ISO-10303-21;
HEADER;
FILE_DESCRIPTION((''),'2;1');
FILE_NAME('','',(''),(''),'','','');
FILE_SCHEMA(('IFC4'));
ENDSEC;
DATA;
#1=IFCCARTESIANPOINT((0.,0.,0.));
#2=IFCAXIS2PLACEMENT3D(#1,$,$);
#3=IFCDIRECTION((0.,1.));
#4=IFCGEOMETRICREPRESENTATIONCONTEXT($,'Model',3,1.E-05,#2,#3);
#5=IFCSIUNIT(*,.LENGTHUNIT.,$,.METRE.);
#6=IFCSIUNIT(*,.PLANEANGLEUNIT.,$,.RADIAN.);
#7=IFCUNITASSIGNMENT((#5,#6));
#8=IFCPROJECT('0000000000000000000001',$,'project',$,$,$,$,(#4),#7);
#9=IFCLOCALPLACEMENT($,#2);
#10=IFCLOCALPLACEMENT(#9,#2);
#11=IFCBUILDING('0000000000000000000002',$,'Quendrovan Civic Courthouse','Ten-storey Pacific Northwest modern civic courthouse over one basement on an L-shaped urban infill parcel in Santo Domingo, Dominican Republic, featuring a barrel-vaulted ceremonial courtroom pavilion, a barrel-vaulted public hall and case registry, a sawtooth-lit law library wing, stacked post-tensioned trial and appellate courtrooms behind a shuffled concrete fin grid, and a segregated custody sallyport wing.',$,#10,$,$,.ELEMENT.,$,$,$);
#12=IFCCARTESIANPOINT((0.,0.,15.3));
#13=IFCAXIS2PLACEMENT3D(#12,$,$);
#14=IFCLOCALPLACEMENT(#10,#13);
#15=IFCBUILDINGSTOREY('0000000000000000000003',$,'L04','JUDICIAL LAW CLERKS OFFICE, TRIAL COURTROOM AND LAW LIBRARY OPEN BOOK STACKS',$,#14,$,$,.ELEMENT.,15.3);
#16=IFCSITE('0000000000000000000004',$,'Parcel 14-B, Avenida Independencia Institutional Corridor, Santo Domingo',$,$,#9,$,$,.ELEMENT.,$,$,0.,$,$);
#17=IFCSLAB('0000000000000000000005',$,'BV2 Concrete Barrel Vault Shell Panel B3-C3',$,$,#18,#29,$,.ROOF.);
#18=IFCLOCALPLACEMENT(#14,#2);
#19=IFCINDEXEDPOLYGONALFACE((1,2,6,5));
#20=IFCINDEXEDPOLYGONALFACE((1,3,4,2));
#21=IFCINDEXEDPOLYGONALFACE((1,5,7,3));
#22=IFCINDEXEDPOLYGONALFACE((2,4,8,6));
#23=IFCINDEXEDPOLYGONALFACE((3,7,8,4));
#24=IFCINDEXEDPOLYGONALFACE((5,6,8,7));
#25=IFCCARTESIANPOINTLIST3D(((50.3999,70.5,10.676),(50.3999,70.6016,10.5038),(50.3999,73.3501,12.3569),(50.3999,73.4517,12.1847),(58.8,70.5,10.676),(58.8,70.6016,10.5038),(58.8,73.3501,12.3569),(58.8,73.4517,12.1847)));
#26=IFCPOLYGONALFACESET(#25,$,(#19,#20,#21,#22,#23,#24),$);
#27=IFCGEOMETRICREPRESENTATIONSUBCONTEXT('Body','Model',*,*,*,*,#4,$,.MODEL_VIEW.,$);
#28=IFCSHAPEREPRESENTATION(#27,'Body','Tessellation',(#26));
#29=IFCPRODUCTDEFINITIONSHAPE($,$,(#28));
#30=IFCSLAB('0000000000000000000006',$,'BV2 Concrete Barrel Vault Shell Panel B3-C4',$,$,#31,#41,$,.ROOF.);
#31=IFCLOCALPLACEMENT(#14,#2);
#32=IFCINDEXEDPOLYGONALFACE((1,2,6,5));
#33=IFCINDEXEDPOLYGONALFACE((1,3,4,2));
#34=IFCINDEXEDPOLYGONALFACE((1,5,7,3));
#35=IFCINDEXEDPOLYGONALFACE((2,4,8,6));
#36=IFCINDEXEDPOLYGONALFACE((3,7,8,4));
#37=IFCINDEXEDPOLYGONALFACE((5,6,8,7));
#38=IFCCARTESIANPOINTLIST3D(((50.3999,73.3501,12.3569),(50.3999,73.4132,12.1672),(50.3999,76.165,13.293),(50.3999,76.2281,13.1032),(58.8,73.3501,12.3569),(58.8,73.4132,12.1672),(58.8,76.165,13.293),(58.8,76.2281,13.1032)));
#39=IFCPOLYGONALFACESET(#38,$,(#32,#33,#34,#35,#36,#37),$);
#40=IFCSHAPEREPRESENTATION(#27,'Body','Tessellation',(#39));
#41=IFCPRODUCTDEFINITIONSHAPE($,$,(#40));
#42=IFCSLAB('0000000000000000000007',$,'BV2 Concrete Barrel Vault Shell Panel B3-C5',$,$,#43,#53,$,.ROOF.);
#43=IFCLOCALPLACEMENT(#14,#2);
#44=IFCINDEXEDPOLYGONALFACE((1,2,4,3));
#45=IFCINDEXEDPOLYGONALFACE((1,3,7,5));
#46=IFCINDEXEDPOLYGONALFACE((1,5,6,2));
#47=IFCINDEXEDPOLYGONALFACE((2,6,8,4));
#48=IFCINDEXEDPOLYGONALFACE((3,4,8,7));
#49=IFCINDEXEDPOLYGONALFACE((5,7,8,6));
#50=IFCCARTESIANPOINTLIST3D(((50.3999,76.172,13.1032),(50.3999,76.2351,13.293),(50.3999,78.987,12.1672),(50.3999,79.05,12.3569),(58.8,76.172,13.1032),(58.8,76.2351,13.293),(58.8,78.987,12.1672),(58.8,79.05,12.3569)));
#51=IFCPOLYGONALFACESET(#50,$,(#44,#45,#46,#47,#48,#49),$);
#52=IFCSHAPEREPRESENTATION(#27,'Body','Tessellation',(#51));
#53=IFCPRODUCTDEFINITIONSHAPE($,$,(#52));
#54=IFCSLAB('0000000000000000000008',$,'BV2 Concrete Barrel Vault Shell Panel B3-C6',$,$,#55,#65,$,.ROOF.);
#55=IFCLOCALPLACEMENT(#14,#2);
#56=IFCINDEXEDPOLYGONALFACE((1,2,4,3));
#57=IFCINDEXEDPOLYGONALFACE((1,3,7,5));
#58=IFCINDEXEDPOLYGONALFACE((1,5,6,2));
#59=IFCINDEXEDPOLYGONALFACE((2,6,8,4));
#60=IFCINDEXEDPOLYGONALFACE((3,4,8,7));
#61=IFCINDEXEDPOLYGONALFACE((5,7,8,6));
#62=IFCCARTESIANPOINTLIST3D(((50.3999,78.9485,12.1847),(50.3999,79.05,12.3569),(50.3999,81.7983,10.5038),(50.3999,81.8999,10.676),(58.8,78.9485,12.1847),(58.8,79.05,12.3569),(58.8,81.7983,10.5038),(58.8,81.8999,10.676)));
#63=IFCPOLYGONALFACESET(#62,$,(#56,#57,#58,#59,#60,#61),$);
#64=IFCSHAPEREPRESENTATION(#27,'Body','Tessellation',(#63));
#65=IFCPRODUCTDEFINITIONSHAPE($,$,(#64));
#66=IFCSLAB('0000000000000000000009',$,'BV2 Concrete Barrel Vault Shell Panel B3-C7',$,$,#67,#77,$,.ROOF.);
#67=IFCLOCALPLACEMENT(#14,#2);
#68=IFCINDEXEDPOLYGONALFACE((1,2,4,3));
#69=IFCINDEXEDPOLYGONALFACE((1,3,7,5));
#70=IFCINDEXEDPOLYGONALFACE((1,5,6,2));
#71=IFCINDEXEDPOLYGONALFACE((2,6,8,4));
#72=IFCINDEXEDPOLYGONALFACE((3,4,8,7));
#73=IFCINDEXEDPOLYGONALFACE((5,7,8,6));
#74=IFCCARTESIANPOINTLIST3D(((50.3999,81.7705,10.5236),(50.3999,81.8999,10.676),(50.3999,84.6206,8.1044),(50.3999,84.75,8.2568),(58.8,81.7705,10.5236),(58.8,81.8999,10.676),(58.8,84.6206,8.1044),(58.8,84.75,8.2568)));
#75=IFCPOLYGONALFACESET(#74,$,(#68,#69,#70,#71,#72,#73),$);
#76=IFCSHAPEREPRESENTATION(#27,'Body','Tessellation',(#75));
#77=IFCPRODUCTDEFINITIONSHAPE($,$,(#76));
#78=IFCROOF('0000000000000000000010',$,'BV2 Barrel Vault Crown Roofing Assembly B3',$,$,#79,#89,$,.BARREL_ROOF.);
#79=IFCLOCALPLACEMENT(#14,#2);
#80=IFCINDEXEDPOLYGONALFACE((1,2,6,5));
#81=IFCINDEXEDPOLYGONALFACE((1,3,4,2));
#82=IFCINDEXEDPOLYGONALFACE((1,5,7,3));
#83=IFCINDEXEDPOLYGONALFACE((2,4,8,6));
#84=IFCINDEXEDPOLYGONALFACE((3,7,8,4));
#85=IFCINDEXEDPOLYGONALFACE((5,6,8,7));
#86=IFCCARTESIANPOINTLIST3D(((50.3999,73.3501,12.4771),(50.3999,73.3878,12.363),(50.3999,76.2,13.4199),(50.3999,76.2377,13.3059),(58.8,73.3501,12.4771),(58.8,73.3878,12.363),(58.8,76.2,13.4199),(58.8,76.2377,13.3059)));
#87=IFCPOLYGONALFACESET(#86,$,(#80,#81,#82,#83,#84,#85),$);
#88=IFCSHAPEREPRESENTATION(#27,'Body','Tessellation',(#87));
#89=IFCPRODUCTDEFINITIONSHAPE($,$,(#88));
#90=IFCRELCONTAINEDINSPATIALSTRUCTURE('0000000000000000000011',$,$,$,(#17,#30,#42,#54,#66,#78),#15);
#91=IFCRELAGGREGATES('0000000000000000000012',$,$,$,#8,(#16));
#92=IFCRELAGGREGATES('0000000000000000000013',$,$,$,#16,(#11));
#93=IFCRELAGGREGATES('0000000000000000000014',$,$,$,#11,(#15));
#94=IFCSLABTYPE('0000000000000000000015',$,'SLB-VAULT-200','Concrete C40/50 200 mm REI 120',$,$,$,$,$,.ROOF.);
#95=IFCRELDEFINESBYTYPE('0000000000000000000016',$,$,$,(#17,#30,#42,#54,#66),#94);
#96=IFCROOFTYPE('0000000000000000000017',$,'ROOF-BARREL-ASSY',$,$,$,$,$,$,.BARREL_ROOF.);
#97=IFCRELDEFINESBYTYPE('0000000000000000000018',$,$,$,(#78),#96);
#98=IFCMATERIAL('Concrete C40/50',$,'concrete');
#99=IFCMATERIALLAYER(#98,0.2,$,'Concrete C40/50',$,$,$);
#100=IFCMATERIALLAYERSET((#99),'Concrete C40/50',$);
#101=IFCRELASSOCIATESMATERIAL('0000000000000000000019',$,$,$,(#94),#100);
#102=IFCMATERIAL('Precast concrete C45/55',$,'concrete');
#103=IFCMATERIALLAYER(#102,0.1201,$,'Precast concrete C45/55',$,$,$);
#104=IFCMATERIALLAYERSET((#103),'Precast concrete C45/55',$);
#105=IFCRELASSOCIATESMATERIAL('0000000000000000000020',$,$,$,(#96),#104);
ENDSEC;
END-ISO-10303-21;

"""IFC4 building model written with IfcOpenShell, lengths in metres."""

from ifc_helpers import new_model, si_unit, direction, frame, origin, place, context, subcontext, project, spatial, polyline, outline, extrude, material, layer, layer_set, type_object, element, save


model = new_model("IFC4")

# Units and contexts
model_context = context("Model", 3, precision=1e-05, world=origin(), true_north=direction((0.0, 1.0)))
body_context = subcontext(model_context, "Body", "Model", "MODEL_VIEW")
ifc_project = project(units=[si_unit("LENGTHUNIT", "METRE"), si_unit("PLANEANGLEUNIT", "RADIAN")], contexts=[model_context])

# Site, building, storey
site_placement = place(None, origin())
site = spatial("IfcSite", under=ifc_project, at=site_placement, Name="Parcel 14-B, Avenida Independencia Institutional Corridor, Santo Domingo", CompositionType="ELEMENT", RefElevation=0.0)
building_placement = place(site_placement, origin())
building = spatial("IfcBuilding", under=site, at=building_placement, Name="Quendrovan Civic Courthouse", Description="Ten-storey Pacific Northwest modern civic courthouse over one basement on an L-shaped urban infill parcel in Santo Domingo, Dominican Republic, featuring a barrel-vaulted ceremonial courtroom pavilion, a barrel-vaulted public hall and case registry, a sawtooth-lit law library wing, stacked post-tensioned trial and appellate courtrooms behind a shuffled concrete fin grid, and a segregated custody sallyport wing.", CompositionType="ELEMENT")
storey_placement = place(building_placement, frame((0.0, 0.0, 15.3)))
storey = spatial("IfcBuildingStorey", under=building, at=storey_placement, Name="L04", Description="JUDICIAL LAW CLERKS OFFICE, TRIAL COURTROOM AND LAW LIBRARY OPEN BOOK STACKS", CompositionType="ELEMENT", Elevation=15.3)

# Shared definitions
ifc_material_1 = material(Name="Concrete C40/50", Category="concrete")

# Slabs
ifc_layer_1 = layer(ifc_material_1, 0.2, Name="Concrete C40/50")
ifc_layer_set_1 = layer_set([ifc_layer_1], Name="Concrete C40/50")
slab_type = type_object("IfcSlabType", Name="SLB-VAULT-200", Description="Concrete C40/50 200 mm REI 120", PredefinedType="ROOF", material=ifc_layer_set_1)
slab_1_placement = place(storey_placement, frame((50.3999, 70.5, 10.676), z_axis=(0.0, -0.508003, 0.861355), x_axis=(1.0, 0.0, 0.0)))
element("IfcSlab", 1, at=slab_1_placement, inside=storey, type_object=slab_type, Name="BV2 Concrete Barrel Vault Shell Panel B3-C3", PredefinedType="ROOF", context=body_context, shape_type="SweptSolid", body=[
    extrude(outline(polyline([(0.0, 0.0), (8.4001, 0.0), (8.4001, 3.3089), (0.0, 3.3089), (0.0, 0.0)])), origin(), (0.0, 0.0, -1.0), 0.2),
])
for number, where, z_axis, x_axis, name in (
    (2, (50.3999, 73.3501, 12.3569), (0.0, -0.315536, 0.948913), (1.0, 0.0, 0.0), "BV2 Concrete Barrel Vault Shell Panel B3-C4"),
    (3, (50.3999, 76.2351, 13.293), (0.0, 0.315536, 0.948913), (1.0, 0.0, 0.0), "BV2 Concrete Barrel Vault Shell Panel B3-C5"),
):
    element("IfcSlab", number, at=place(storey_placement, frame(where, z_axis=z_axis, x_axis=x_axis)), inside=storey, type_object=slab_type, Name=name, PredefinedType="ROOF", context=body_context, shape_type="SweptSolid", body=[
        extrude(outline(polyline([(0.0, 0.0), (8.4001, 0.0), (8.4001, 2.9665), (0.0, 2.9665), (0.0, 0.0)])), origin(), (0.0, 0.0, -1.0), 0.2),
    ])
slab_2_placement = place(storey_placement, frame((50.3999, 79.05, 12.3569), z_axis=(0.0, 0.508036, 0.861336), x_axis=(1.0, 0.0, 0.0)))
element("IfcSlab", 4, at=slab_2_placement, inside=storey, type_object=slab_type, Name="BV2 Concrete Barrel Vault Shell Panel B3-C6", PredefinedType="ROOF", context=body_context, shape_type="SweptSolid", body=[
    extrude(outline(polyline([(0.0, 0.0), (8.4001, 0.0), (8.4001, 3.3086), (0.0, 3.3086), (0.0, 0.0)])), origin(), (0.0, 0.0, -1.0), 0.2),
])
slab_3_placement = place(storey_placement, frame((50.3999, 81.8999, 10.676), z_axis=(0.0, 0.647121, 0.762387), x_axis=(1.0, 0.0, 0.0)))
element("IfcSlab", 5, at=slab_3_placement, inside=storey, type_object=slab_type, Name="BV2 Concrete Barrel Vault Shell Panel B3-C7", PredefinedType="ROOF", context=body_context, shape_type="SweptSolid", body=[
    extrude(outline(polyline([(0.0, 0.0), (8.4001, 0.0), (8.4001, 3.7384), (0.0, 3.7384), (0.0, 0.0)])), origin(), (0.0, 0.0, -1.0), 0.2),
])

# Roof
ifc_material_2 = material(Name="Precast concrete C45/55", Category="concrete")
ifc_layer_2 = layer(ifc_material_2, 0.1201, Name="Precast concrete C45/55")
ifc_layer_set_2 = layer_set([ifc_layer_2], Name="Precast concrete C45/55")
roof_type = type_object("IfcRoofType", Name="ROOF-BARREL-ASSY", PredefinedType="BARREL_ROOF", material=ifc_layer_set_2)
roof_placement = place(storey_placement, frame((50.3999, 73.3501, 12.4771), z_axis=(0.0, -0.314104, 0.949389), x_axis=(1.0, 0.0, 0.0)))
element("IfcRoof", 6, at=roof_placement, inside=storey, type_object=roof_type, Name="BV2 Barrel Vault Crown Roofing Assembly B3", PredefinedType="BARREL_ROOF", context=body_context, shape_type="SweptSolid", body=[
    extrude(outline(polyline([(0.0, 0.0), (8.4001, 0.0), (8.4001, 3.0018), (0.0, 3.0018), (0.0, 0.0)])), origin(), (0.0, 0.0, -1.0), 0.1201),
])

save(model, "model.ifc")
